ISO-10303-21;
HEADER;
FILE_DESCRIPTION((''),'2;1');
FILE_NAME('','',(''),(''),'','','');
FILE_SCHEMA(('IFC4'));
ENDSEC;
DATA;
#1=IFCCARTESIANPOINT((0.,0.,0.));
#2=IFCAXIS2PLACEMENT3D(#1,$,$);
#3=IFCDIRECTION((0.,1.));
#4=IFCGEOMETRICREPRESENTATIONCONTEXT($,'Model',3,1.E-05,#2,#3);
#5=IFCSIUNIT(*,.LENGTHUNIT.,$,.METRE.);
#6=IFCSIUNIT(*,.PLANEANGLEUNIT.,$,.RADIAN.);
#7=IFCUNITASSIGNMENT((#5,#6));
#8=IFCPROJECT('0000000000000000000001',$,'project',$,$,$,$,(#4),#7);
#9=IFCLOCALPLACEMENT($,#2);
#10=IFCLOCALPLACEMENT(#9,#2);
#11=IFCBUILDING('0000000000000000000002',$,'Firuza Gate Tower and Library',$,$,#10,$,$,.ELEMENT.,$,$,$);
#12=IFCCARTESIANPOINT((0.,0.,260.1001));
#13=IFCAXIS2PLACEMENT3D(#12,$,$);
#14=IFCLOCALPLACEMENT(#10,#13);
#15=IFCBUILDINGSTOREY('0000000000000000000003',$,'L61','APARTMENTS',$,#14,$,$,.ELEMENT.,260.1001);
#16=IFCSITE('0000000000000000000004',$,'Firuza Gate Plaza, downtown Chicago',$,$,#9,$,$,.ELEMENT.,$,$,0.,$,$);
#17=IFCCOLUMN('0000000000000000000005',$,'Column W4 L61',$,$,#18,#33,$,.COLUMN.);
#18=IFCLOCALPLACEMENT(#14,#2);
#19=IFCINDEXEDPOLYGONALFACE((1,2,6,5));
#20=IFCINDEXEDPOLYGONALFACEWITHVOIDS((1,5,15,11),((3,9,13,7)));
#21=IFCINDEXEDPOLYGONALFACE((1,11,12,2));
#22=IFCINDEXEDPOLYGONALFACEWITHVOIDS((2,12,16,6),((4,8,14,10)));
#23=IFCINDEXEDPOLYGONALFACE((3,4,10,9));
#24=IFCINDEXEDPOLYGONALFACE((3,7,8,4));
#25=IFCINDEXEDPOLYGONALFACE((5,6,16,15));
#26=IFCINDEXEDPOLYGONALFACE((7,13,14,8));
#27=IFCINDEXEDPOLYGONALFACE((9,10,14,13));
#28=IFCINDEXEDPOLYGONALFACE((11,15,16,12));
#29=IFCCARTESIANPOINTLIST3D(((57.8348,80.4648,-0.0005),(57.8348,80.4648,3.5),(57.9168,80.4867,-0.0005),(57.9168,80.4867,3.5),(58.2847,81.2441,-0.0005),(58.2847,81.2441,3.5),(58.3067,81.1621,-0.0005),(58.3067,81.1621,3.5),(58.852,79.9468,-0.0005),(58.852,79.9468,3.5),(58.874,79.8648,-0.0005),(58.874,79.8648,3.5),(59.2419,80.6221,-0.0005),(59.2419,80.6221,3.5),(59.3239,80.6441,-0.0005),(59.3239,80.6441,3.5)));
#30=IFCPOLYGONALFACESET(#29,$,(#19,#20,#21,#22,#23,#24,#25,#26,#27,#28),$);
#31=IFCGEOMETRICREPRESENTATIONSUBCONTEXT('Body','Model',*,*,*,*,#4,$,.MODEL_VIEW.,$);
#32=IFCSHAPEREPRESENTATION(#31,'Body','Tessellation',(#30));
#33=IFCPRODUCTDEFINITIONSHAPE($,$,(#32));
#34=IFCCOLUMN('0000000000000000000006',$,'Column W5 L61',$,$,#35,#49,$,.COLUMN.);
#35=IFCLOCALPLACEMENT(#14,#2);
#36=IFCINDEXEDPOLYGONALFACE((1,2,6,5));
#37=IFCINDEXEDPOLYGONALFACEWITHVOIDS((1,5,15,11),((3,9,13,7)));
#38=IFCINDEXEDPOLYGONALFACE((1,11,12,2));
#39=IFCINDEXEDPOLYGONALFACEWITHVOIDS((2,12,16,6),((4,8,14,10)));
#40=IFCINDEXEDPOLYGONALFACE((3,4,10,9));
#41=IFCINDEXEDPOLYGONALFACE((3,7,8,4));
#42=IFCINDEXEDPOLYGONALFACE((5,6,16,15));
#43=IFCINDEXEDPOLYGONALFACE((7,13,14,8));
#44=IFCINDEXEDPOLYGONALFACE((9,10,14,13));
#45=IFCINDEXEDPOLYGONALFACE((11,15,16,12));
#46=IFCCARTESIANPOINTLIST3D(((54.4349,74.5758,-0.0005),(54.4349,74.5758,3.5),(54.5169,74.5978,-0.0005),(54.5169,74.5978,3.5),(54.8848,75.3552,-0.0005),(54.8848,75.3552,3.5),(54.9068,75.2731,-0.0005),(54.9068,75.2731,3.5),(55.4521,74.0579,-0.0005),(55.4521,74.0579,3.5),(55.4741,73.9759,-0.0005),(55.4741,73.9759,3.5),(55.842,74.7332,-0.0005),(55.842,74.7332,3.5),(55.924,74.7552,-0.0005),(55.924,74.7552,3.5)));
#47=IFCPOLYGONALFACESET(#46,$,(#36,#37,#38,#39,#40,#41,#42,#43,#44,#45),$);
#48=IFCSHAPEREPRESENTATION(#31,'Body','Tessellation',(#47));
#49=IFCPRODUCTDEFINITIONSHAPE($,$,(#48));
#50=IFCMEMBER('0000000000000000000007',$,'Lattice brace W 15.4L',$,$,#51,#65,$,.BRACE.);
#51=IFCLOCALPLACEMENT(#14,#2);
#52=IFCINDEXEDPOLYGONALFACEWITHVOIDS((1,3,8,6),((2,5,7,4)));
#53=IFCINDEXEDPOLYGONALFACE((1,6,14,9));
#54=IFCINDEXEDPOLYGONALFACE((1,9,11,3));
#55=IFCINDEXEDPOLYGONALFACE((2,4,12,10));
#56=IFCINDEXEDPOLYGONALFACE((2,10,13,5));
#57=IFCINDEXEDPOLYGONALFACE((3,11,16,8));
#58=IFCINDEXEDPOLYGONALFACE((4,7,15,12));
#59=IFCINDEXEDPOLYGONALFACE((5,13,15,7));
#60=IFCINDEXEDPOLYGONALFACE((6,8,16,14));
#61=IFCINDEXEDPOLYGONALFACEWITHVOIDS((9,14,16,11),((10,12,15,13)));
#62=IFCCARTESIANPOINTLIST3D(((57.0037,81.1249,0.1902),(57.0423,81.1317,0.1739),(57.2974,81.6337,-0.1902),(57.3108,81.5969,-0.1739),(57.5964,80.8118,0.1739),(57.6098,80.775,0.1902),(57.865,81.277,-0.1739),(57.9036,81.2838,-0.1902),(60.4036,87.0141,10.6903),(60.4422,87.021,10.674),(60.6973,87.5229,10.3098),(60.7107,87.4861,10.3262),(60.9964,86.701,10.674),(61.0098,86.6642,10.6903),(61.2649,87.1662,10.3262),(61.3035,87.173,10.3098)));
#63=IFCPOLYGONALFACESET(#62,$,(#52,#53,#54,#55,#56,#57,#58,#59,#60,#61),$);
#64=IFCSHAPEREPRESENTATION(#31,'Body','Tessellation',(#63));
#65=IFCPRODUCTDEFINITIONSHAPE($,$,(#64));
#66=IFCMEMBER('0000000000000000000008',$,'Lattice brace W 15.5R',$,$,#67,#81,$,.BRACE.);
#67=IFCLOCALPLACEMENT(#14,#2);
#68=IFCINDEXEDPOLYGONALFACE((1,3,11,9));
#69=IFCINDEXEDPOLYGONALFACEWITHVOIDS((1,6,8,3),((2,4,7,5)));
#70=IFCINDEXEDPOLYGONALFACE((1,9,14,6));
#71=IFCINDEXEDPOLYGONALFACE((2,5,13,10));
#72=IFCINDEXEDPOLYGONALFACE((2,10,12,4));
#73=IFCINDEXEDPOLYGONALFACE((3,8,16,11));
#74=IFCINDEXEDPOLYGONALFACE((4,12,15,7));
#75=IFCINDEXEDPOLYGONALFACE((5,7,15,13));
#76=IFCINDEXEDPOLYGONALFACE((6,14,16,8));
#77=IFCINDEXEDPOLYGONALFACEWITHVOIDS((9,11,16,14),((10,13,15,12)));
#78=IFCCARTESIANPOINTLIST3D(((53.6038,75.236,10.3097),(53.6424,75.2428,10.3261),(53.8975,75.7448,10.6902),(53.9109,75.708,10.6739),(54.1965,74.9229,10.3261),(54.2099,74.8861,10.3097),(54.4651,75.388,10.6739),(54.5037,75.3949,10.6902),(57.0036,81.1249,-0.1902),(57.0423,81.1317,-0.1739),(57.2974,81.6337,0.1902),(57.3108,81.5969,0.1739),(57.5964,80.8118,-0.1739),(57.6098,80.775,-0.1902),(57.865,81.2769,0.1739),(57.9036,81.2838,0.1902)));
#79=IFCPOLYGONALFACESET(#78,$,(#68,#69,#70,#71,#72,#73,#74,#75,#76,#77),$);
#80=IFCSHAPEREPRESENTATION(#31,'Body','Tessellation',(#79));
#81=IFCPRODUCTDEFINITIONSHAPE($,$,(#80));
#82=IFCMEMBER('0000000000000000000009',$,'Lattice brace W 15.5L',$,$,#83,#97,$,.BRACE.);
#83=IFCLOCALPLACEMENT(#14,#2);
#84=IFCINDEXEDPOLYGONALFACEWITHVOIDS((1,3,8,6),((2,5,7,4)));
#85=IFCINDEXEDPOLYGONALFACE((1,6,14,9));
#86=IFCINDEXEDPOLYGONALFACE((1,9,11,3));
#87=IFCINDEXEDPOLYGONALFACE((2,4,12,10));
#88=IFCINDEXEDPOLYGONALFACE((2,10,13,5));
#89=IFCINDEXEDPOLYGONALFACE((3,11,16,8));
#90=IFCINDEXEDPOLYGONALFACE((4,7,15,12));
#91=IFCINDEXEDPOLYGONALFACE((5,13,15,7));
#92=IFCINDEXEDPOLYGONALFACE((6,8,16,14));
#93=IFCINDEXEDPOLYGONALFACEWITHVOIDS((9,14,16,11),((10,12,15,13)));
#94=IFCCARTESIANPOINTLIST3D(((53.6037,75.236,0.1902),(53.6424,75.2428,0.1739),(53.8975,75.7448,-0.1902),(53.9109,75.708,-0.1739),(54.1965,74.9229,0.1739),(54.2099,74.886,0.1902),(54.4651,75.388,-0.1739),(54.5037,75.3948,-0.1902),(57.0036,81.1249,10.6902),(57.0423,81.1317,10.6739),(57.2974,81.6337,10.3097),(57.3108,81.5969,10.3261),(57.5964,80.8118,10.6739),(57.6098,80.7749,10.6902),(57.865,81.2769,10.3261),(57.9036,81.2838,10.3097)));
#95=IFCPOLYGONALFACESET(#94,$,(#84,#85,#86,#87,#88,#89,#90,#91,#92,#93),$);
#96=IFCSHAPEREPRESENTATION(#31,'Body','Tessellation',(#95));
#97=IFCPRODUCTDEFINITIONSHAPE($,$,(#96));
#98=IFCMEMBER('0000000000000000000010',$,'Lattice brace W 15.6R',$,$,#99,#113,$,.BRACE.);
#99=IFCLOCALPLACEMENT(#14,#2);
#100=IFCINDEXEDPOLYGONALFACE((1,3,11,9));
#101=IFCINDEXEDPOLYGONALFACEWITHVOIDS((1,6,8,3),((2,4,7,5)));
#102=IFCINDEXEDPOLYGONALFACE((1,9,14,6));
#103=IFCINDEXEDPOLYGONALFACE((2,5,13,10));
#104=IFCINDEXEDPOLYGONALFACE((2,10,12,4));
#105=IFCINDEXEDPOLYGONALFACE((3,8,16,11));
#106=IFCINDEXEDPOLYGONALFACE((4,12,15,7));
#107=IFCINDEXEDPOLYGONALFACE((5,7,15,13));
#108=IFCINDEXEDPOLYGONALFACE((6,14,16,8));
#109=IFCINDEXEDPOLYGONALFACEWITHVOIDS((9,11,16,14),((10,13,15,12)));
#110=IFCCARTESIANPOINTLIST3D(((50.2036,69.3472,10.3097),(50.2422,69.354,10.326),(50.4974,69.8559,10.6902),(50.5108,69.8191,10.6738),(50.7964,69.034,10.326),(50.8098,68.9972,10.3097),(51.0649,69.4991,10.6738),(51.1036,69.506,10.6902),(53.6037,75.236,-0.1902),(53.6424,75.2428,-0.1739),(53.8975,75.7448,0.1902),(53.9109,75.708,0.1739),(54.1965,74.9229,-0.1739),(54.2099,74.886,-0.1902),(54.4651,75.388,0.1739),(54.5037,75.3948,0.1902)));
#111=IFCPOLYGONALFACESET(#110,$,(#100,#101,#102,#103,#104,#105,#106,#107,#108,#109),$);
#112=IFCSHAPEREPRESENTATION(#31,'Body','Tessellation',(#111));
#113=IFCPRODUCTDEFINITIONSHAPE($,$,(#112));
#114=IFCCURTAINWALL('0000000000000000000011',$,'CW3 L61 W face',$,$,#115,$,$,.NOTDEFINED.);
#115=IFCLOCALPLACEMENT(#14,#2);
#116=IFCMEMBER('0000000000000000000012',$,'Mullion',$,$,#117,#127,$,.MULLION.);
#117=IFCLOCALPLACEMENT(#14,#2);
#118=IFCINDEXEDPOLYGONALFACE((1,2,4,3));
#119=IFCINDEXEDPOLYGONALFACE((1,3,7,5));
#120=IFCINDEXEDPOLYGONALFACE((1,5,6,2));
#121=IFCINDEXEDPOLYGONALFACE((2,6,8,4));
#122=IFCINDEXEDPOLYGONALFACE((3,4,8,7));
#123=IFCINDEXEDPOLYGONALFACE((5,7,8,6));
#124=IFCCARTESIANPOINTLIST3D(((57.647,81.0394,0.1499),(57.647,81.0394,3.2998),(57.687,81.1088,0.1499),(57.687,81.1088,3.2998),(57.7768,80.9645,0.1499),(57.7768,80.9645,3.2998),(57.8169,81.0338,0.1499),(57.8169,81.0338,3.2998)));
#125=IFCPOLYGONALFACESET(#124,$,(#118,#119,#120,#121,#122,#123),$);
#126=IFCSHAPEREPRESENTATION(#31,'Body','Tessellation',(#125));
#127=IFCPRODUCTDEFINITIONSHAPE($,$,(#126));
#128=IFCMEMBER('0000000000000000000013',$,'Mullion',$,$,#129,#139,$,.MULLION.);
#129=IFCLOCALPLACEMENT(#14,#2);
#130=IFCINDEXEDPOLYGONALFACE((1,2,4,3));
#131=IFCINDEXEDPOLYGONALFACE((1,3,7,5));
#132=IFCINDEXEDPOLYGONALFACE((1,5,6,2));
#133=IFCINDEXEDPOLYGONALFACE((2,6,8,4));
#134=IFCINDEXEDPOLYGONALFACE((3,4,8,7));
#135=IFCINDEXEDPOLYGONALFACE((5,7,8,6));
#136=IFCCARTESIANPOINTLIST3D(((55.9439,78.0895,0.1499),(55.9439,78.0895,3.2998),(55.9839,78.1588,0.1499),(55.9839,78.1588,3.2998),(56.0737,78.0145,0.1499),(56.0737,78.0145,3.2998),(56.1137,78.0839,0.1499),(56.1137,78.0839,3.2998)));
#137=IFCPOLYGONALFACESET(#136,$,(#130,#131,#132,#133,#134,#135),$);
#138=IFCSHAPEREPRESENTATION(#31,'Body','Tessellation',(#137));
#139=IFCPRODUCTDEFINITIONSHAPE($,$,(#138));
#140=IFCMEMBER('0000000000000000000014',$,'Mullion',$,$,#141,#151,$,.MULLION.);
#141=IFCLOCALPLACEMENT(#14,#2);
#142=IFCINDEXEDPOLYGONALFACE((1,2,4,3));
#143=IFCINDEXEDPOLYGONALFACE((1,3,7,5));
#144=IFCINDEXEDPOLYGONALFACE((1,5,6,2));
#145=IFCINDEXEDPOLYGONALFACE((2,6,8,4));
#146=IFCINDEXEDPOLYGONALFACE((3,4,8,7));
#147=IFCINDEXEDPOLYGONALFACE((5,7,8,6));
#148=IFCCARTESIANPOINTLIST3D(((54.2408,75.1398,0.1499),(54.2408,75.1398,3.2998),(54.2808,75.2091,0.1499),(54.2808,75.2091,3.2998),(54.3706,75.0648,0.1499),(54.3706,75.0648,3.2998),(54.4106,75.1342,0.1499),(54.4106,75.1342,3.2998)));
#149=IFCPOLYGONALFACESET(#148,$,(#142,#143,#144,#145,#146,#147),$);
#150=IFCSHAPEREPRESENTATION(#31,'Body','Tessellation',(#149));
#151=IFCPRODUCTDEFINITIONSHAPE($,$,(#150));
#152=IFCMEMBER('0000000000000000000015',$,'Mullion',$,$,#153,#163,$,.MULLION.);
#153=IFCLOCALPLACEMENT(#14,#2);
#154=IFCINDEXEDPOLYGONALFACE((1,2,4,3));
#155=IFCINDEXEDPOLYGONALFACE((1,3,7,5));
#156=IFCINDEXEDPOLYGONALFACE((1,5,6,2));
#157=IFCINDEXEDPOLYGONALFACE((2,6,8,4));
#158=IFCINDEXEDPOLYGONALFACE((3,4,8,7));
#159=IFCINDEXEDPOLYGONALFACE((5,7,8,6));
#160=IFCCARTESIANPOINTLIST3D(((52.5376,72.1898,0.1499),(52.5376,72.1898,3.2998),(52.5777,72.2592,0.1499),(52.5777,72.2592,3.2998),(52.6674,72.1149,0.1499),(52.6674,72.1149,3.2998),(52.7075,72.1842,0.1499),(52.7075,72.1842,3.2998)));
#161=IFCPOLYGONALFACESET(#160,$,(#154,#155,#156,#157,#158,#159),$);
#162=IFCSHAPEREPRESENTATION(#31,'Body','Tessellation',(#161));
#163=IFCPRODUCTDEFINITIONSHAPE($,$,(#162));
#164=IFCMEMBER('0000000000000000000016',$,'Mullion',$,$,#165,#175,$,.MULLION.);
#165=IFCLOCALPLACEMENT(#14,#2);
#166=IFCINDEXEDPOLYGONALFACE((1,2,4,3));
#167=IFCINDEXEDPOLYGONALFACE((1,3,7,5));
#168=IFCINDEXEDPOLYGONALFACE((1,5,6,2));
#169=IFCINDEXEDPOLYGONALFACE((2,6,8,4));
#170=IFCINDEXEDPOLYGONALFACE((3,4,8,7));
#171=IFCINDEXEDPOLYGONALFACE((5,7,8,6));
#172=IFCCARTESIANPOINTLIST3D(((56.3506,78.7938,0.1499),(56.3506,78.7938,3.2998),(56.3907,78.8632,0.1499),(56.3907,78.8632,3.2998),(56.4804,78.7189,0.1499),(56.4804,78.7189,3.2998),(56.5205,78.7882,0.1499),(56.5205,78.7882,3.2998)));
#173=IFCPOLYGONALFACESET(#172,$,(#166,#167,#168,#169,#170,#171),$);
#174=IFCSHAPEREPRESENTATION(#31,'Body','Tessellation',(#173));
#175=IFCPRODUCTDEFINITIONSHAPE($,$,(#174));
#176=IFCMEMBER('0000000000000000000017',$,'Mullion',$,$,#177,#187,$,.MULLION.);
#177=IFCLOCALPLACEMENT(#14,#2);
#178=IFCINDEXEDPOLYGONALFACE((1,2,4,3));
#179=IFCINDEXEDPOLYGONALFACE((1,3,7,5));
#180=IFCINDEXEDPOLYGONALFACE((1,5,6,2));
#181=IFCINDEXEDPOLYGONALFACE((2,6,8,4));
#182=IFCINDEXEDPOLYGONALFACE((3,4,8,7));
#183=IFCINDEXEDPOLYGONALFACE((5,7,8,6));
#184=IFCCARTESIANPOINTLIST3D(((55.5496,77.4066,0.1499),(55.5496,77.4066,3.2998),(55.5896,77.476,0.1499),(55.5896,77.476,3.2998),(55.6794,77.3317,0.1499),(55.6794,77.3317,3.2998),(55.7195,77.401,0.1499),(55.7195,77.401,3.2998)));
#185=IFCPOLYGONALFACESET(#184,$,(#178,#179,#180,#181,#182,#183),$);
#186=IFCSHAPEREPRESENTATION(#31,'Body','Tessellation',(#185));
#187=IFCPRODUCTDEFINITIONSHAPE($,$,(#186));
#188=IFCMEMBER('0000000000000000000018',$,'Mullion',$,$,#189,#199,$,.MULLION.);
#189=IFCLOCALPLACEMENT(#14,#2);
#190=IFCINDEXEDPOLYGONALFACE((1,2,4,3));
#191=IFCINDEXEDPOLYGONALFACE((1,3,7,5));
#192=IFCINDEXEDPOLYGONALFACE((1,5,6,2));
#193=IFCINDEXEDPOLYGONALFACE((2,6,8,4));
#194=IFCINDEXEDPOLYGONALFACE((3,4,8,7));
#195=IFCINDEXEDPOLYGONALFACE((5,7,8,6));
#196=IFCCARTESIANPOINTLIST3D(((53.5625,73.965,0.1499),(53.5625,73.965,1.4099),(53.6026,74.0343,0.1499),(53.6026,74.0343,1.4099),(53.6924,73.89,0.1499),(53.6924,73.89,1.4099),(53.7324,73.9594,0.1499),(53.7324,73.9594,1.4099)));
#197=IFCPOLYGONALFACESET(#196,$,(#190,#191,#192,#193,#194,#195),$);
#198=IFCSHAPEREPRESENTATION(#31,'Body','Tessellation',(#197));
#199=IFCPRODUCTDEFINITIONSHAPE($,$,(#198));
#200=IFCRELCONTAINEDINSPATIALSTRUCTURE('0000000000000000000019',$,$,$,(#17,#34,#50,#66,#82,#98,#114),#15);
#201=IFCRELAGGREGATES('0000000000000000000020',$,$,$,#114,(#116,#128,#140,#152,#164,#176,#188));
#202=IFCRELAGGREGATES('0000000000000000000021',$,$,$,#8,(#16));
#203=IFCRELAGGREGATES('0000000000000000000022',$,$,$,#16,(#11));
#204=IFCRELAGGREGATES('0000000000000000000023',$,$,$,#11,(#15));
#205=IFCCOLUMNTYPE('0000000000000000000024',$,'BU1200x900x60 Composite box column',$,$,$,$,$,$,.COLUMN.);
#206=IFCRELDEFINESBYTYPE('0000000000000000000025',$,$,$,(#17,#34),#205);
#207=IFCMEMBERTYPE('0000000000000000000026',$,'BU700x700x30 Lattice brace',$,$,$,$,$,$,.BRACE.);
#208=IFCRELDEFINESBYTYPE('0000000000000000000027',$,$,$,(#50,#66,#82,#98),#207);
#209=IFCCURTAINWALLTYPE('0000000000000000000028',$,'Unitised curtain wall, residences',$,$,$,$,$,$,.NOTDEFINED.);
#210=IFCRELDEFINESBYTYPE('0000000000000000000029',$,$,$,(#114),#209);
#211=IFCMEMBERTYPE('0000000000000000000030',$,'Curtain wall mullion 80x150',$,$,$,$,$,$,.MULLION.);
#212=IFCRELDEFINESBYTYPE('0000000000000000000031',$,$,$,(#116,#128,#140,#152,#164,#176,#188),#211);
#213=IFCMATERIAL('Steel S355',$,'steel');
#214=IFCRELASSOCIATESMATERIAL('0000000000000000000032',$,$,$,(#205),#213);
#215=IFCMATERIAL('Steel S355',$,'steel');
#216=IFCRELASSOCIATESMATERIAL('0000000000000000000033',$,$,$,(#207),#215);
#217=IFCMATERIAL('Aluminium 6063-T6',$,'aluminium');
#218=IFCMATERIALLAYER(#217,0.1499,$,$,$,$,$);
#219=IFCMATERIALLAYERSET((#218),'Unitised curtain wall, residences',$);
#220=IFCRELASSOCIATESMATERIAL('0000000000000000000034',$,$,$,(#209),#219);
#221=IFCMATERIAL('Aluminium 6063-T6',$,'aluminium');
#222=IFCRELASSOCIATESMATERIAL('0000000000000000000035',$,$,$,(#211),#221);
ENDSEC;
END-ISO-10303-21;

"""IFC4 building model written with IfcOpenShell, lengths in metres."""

from ifc_helpers import new_model, si_unit, direction, frame, origin, origin_2d, place, context, subcontext, project, spatial, rectangle, hollow_rectangle, extrude, material, layer, layer_set, material_profile, profile_set, type_object, element, aggregate, save


model = new_model("IFC4")

# Units and contexts
model_context = context("Model", 3, precision=1e-05, world=origin(), true_north=direction((0.0, 1.0)))
body_context = subcontext(model_context, "Body", "Model", "MODEL_VIEW")
ifc_project = project(units=[si_unit("LENGTHUNIT", "METRE"), si_unit("PLANEANGLEUNIT", "RADIAN")], contexts=[model_context])

# Site, building, storey
site_placement = place(None, origin())
site = spatial("IfcSite", under=ifc_project, at=site_placement, Name="Firuza Gate Plaza, downtown Chicago", CompositionType="ELEMENT", RefElevation=0.0)
building_placement = place(site_placement, origin())
building = spatial("IfcBuilding", under=site, at=building_placement, Name="Firuza Gate Tower and Library", CompositionType="ELEMENT")
storey_placement = place(building_placement, frame((0.0, 0.0, 260.1001)))
storey = spatial("IfcBuildingStorey", under=building, at=storey_placement, Name="L61", Description="APARTMENTS", CompositionType="ELEMENT", Elevation=260.1001)

# Columns
ifc_material_1 = material(Name="Steel S355", Category="steel")
ifc_material_profile_1 = material_profile(ifc_material_1, hollow_rectangle(XDim=0.8999, YDim=1.2, WallThickness=0.0601, at=origin_2d()))
ifc_profile_set_1 = profile_set([ifc_material_profile_1], Name="Steel S355")
column_type = type_object("IfcColumnType", Name="BU1200x900x60 Composite box column", PredefinedType="COLUMN", material=ifc_profile_set_1)
for number, where, z_axis, x_axis, name in (
    (1, (58.5793, 80.5544, -0.0005), (0.0, 0.0, 1.0), (-0.5, -0.866025, 0.0), "Column W4 L61"),
    (2, (55.1794, 74.6655, -0.0005), (0.0, 0.0, 1.0), (-0.5, -0.866025, 0.0), "Column W5 L61"),
):
    element("IfcColumn", number, at=place(storey_placement, frame(where, z_axis=z_axis, x_axis=x_axis)), inside=storey, type_object=column_type, Name=name, PredefinedType="COLUMN", context=body_context, shape_type="SweptSolid", body=[
        extrude(hollow_rectangle(XDim=0.8999, YDim=1.2, WallThickness=0.0601, at=origin_2d()), origin(), (0.0, 0.0, 1.0), 3.5005),
    ])

# Members
ifc_material_2 = material(Name="Steel S355", Category="steel")
ifc_material_profile_2 = material_profile(ifc_material_2, hollow_rectangle(XDim=0.7, YDim=0.7, WallThickness=0.03, at=origin_2d()))
ifc_profile_set_2 = profile_set([ifc_material_profile_2], Name="Steel S355")
member_type_1 = type_object("IfcMemberType", Name="BU700x700x30 Lattice brace", PredefinedType="BRACE", material=ifc_profile_set_2)
member_1_placement = place(storey_placement, frame((57.4536, 81.2043, 0.0), z_axis=(0.271782, 0.470769, 0.839351), x_axis=(-0.866039, 0.499977, 0.0)))
element("IfcMember", 3, at=member_1_placement, inside=storey, type_object=member_type_1, Name="Lattice brace W 15.4L", PredefinedType="BRACE", context=body_context, shape_type="SweptSolid", body=[
    extrude(hollow_rectangle(XDim=0.7, YDim=0.7, WallThickness=0.03, at=origin_2d()), origin(), (0.0, 0.0, 1.0), 12.5098),
])
for number, where, z_axis, x_axis, name in (
    (4, (57.4536, 81.2043, 0.0), (-0.271785, -0.470754, 0.839359), (0.86603, -0.499993, 0.0), "Lattice brace W 15.5R"),
    (5, (54.0537, 75.3154, 0.0), (0.271785, 0.470754, 0.839359), (-0.86603, 0.499993, 0.0), "Lattice brace W 15.5L"),
    (6, (54.0537, 75.3154, 0.0), (-0.271803, -0.470751, 0.839355), (0.866014, -0.50002, 0.0), "Lattice brace W 15.6R"),
):
    element("IfcMember", number, at=place(storey_placement, frame(where, z_axis=z_axis, x_axis=x_axis)), inside=storey, type_object=member_type_1, Name=name, PredefinedType="BRACE", context=body_context, shape_type="SweptSolid", body=[
        extrude(hollow_rectangle(XDim=0.7, YDim=0.7, WallThickness=0.03, at=origin_2d()), origin(), (0.0, 0.0, 1.0), 12.5095),
    ])

# Curtain wall, members
ifc_material_3 = material(Name="Aluminium 6063-T6", Category="aluminium")
ifc_layer_1 = layer(ifc_material_3, 0.1499)
ifc_layer_set_1 = layer_set([ifc_layer_1], Name="Unitised curtain wall, residences")
curtain_wall_type = type_object("IfcCurtainWallType", Name="Unitised curtain wall, residences", PredefinedType="NOTDEFINED", material=ifc_layer_set_1)
curtain_wall_placement = place(storey_placement, origin())
curtain_wall = element("IfcCurtainWall", 7, at=curtain_wall_placement, inside=storey, type_object=curtain_wall_type, Name="CW3 L61 W face", PredefinedType="NOTDEFINED")
ifc_material_4 = material(Name="Aluminium 6063-T6", Category="aluminium")
ifc_material_profile_3 = material_profile(ifc_material_4, rectangle(XDim=0.1499, YDim=0.0801, at=origin_2d()))
ifc_profile_set_3 = profile_set([ifc_material_profile_3], Name="Aluminium 6063-T6")
member_type_2 = type_object("IfcMemberType", Name="Curtain wall mullion 80x150", PredefinedType="MULLION", material=ifc_profile_set_3)
member_2_placement = place(storey_placement, frame((57.7319, 81.0366, 0.1499), z_axis=(0.0, 0.0, 1.0), x_axis=(0.866025, -0.5, 0.0)))
member_2 = element("IfcMember", 8, at=member_2_placement, type_object=member_type_2, Name="Mullion", PredefinedType="MULLION", context=body_context, shape_type="SweptSolid", body=[
    extrude(rectangle(XDim=0.1499, YDim=0.0801, at=origin_2d()), origin(), (0.0, 0.0, 1.0), 3.1499),
])
member_3_placement = place(storey_placement, frame((56.0288, 78.0867, 0.1499), z_axis=(0.0, 0.0, 1.0), x_axis=(0.866025, -0.5, 0.0)))
member_3 = element("IfcMember", 9, at=member_3_placement, type_object=member_type_2, Name="Mullion", PredefinedType="MULLION", context=body_context, shape_type="SweptSolid", body=[
    extrude(rectangle(XDim=0.1499, YDim=0.0801, at=origin_2d()), origin(), (0.0, 0.0, 1.0), 3.1499),
])
member_4_placement = place(storey_placement, frame((54.3257, 75.137, 0.1499), z_axis=(0.0, 0.0, 1.0), x_axis=(0.866025, -0.5, 0.0)))
member_4 = element("IfcMember", 10, at=member_4_placement, type_object=member_type_2, Name="Mullion", PredefinedType="MULLION", context=body_context, shape_type="SweptSolid", body=[
    extrude(rectangle(XDim=0.1499, YDim=0.0801, at=origin_2d()), origin(), (0.0, 0.0, 1.0), 3.1499),
])
member_5_placement = place(storey_placement, frame((52.6226, 72.187, 0.1499), z_axis=(0.0, 0.0, 1.0), x_axis=(0.866025, -0.5, 0.0)))
member_5 = element("IfcMember", 11, at=member_5_placement, type_object=member_type_2, Name="Mullion", PredefinedType="MULLION", context=body_context, shape_type="SweptSolid", body=[
    extrude(rectangle(XDim=0.1499, YDim=0.0801, at=origin_2d()), origin(), (0.0, 0.0, 1.0), 3.1499),
])
member_6_placement = place(storey_placement, frame((56.4355, 78.791, 0.1499), z_axis=(0.0, 0.0, 1.0), x_axis=(0.866025, -0.5, 0.0)))
member_6 = element("IfcMember", 12, at=member_6_placement, type_object=member_type_2, Name="Mullion", PredefinedType="MULLION", context=body_context, shape_type="SweptSolid", body=[
    extrude(rectangle(XDim=0.1499, YDim=0.0801, at=origin_2d()), origin(), (0.0, 0.0, 1.0), 3.1499),
])
member_7_placement = place(storey_placement, frame((55.6345, 77.4038, 0.1499), z_axis=(0.0, 0.0, 1.0), x_axis=(0.866025, -0.5, 0.0)))
member_7 = element("IfcMember", 13, at=member_7_placement, type_object=member_type_2, Name="Mullion", PredefinedType="MULLION", context=body_context, shape_type="SweptSolid", body=[
    extrude(rectangle(XDim=0.1499, YDim=0.0801, at=origin_2d()), origin(), (0.0, 0.0, 1.0), 3.1499),
])
member_8_placement = place(storey_placement, frame((53.6475, 73.9622, 0.1499), z_axis=(0.0, 0.0, 1.0), x_axis=(0.866025, -0.5, 0.0)))
member_8 = element("IfcMember", 14, at=member_8_placement, type_object=member_type_2, Name="Mullion", PredefinedType="MULLION", context=body_context, shape_type="SweptSolid", body=[
    extrude(rectangle(XDim=0.1499, YDim=0.0801, at=origin_2d()), origin(), (0.0, 0.0, 1.0), 1.26),
])

aggregate(curtain_wall, [member_2, member_3, member_4, member_5, member_6, member_7, member_8])

save(model, "model.ifc")
